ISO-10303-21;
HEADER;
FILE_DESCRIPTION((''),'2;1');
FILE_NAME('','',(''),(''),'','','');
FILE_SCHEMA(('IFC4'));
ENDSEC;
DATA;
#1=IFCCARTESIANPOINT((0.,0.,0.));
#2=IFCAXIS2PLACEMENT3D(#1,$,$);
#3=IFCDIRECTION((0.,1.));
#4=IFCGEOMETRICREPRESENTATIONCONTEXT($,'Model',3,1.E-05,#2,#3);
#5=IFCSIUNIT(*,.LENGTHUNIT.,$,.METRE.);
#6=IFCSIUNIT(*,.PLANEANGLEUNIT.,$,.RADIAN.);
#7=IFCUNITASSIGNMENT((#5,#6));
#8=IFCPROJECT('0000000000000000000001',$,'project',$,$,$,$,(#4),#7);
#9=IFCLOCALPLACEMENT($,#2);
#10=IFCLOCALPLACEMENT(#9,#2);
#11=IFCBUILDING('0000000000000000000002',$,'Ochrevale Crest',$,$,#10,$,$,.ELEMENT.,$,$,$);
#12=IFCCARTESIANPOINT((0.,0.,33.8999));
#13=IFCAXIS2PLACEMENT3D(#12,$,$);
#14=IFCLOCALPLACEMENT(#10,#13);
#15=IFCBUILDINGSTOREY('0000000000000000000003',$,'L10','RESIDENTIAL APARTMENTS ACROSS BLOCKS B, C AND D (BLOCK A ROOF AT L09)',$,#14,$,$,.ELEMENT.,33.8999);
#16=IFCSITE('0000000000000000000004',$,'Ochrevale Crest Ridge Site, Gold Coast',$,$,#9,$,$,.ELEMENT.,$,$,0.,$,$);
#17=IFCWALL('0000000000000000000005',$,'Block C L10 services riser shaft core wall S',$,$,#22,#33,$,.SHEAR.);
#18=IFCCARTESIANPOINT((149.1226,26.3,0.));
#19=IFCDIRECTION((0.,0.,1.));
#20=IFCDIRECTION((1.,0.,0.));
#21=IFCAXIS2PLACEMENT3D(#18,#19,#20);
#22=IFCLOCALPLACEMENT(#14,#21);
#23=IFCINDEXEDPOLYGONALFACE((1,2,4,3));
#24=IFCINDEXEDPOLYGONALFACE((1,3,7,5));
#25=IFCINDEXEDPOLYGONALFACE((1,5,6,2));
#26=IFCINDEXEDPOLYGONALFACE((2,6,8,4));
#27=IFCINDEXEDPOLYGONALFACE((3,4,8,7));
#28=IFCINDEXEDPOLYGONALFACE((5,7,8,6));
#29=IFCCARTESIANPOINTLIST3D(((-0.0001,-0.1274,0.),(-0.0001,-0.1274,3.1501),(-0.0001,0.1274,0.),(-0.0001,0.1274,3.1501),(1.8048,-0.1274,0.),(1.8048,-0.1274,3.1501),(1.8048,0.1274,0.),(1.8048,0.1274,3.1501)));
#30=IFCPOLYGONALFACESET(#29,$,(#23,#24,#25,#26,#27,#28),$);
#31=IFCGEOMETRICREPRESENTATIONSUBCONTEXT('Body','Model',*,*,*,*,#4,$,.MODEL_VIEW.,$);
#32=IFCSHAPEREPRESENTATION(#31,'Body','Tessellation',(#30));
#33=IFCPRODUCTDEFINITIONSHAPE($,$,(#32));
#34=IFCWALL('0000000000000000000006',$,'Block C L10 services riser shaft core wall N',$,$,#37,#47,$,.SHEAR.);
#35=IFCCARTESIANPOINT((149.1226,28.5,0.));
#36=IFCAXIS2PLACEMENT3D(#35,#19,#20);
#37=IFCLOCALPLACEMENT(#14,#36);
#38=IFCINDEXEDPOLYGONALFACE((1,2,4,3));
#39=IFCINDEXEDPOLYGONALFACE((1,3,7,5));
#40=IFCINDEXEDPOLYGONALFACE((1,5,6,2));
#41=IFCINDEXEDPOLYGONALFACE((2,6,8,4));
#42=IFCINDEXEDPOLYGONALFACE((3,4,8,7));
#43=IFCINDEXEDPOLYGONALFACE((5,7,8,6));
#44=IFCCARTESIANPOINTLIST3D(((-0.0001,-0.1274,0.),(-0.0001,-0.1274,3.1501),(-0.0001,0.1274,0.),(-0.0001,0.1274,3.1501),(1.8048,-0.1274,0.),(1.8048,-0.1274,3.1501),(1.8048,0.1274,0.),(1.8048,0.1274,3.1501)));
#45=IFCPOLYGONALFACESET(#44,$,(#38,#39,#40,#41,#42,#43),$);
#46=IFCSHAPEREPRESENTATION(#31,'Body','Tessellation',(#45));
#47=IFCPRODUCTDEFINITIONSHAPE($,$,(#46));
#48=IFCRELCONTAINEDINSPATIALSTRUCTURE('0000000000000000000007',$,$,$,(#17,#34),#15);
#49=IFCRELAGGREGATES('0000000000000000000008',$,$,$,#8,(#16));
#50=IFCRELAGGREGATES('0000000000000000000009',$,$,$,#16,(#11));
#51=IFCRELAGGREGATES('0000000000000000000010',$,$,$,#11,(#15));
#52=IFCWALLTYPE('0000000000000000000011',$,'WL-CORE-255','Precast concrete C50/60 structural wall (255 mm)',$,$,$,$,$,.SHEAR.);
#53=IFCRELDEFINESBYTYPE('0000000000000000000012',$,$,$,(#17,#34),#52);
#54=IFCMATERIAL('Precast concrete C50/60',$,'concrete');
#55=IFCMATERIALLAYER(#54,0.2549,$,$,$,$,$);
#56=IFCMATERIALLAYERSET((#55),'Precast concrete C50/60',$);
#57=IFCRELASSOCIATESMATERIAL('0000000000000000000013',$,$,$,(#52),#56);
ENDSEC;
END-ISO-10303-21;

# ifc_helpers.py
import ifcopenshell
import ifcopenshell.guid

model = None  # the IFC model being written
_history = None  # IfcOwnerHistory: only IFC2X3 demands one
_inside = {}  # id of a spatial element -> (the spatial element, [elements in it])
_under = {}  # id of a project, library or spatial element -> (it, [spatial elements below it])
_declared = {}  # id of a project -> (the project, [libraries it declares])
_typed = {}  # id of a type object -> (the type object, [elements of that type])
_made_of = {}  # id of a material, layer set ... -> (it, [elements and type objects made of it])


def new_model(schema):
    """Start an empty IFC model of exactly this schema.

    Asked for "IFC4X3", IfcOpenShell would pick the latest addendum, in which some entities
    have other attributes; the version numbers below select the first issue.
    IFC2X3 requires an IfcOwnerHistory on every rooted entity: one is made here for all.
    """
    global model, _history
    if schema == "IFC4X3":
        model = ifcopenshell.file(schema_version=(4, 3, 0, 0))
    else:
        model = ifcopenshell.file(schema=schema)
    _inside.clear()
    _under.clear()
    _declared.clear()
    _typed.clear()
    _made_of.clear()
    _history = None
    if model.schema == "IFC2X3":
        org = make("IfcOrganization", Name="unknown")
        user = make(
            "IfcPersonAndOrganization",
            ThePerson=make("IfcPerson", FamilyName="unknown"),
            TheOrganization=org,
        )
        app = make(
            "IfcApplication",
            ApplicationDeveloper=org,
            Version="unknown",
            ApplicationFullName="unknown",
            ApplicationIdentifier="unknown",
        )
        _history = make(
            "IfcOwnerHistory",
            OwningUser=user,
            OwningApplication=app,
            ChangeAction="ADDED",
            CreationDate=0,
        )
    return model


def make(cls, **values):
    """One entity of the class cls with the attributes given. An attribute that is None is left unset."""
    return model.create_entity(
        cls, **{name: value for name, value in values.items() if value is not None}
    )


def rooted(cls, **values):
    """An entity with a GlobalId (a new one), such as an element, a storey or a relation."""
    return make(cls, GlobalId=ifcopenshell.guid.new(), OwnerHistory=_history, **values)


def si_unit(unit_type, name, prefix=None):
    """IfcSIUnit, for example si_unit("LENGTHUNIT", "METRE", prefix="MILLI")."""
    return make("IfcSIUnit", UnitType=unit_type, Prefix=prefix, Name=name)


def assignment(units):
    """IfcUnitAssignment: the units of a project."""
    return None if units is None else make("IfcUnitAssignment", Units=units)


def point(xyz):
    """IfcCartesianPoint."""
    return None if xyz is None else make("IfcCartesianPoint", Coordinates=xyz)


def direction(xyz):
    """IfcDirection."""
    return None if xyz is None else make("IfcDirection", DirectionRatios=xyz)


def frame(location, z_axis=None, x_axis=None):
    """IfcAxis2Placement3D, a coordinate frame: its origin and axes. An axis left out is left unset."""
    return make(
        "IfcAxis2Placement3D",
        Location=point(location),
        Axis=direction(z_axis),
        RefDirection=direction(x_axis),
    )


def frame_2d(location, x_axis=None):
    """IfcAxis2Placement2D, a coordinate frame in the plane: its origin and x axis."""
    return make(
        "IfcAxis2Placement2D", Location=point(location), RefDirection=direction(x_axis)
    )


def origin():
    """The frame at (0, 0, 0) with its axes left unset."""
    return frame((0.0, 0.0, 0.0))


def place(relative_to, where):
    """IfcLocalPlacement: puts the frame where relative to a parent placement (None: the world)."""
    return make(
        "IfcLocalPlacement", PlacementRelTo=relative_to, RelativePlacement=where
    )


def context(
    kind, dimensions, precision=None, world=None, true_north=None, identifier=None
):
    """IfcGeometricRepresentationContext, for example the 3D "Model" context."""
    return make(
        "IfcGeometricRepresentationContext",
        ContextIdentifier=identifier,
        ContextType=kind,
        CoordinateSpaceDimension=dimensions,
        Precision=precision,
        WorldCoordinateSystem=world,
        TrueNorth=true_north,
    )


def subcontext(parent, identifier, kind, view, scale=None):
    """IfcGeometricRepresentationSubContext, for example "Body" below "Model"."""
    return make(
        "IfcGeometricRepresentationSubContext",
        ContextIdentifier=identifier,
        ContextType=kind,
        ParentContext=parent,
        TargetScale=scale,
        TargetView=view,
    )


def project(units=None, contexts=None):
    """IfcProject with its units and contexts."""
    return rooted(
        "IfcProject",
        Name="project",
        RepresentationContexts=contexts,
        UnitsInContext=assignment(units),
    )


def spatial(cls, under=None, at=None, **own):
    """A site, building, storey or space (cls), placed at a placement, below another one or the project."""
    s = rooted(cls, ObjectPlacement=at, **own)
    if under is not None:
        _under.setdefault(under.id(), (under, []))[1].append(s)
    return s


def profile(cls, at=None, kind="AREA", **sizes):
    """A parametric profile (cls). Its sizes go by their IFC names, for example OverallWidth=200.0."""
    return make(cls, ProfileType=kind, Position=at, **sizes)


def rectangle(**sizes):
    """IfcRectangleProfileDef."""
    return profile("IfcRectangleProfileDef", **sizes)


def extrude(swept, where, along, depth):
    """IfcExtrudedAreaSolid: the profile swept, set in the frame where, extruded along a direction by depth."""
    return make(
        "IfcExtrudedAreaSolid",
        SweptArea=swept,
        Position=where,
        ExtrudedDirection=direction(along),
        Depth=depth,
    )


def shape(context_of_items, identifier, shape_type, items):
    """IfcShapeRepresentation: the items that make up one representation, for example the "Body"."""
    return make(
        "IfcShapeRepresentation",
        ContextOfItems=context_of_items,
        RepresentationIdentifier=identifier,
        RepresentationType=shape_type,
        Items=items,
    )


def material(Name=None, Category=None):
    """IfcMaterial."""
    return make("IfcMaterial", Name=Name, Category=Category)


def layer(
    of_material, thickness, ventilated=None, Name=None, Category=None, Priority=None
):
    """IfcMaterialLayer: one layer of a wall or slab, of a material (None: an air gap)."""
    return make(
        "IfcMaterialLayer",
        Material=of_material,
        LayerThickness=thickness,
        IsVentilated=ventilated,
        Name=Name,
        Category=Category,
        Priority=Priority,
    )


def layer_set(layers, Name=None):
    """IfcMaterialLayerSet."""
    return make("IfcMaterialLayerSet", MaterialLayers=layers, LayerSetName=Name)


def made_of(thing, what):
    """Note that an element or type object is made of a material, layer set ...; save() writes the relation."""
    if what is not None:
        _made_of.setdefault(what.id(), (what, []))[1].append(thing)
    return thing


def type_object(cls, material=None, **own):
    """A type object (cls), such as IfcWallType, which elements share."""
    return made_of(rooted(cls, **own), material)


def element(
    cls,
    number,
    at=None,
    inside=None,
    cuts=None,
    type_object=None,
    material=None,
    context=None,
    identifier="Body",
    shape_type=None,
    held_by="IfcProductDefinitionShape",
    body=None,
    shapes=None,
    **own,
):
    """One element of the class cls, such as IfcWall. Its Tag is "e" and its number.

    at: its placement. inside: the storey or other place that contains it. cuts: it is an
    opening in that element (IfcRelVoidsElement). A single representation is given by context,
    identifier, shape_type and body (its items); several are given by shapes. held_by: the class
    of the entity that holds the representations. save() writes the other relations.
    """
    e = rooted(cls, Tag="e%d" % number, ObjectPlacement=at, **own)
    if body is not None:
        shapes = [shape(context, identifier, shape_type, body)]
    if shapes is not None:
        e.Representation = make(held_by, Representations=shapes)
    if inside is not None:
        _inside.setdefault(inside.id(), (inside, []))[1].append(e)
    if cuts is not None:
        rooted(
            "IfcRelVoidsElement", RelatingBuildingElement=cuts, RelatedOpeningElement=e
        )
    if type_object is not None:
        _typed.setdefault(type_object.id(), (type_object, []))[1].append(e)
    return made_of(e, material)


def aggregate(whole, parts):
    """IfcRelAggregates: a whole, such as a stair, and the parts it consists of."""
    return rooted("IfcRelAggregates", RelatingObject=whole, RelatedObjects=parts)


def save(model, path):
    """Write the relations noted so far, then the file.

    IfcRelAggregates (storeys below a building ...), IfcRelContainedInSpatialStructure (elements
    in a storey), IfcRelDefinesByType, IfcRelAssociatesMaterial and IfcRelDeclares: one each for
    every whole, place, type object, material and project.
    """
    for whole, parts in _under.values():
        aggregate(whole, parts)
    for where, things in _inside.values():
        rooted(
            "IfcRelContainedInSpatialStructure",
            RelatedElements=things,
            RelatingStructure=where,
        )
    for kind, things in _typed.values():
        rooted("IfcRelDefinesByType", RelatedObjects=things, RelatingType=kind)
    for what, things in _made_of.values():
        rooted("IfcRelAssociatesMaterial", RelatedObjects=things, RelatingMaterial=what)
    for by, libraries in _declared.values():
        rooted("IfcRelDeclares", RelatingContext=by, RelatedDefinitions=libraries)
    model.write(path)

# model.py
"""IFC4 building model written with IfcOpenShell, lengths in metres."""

from ifc_helpers import new_model, si_unit, direction, frame, frame_2d, origin, place, context, subcontext, project, spatial, rectangle, extrude, material, layer, layer_set, type_object, element, save


model = new_model("IFC4")

# Units and contexts
model_context = context("Model", 3, precision=1e-05, world=origin(), true_north=direction((0.0, 1.0)))
body_context = subcontext(model_context, "Body", "Model", "MODEL_VIEW")
ifc_project = project(units=[si_unit("LENGTHUNIT", "METRE"), si_unit("PLANEANGLEUNIT", "RADIAN")], contexts=[model_context])

# Site, building, storey
site_placement = place(None, origin())
site = spatial("IfcSite", under=ifc_project, at=site_placement, Name="Ochrevale Crest Ridge Site, Gold Coast", CompositionType="ELEMENT", RefElevation=0.0)
building_placement = place(site_placement, origin())
building = spatial("IfcBuilding", under=site, at=building_placement, Name="Ochrevale Crest", CompositionType="ELEMENT")
storey_placement = place(building_placement, frame((0.0, 0.0, 33.8999)))
storey = spatial("IfcBuildingStorey", under=building, at=storey_placement, Name="L10", Description="RESIDENTIAL APARTMENTS ACROSS BLOCKS B, C AND D (BLOCK A ROOF AT L09)", CompositionType="ELEMENT", Elevation=33.8999)

# Shared definitions
ifc_material_1 = material(Name="Precast concrete C50/60", Category="concrete")

# Shared definitions
ifc_layer_1 = layer(ifc_material_1, 0.2549)
ifc_layer_set_1 = layer_set([ifc_layer_1], Name="Precast concrete C50/60")
wall_type_1 = type_object("IfcWallType", Name="WL-CORE-255", Description="Precast concrete C50/60 structural wall (255 mm)", PredefinedType="SHEAR", material=ifc_layer_set_1)

# Walls
for number, where, z_axis, x_axis, name in (
    (1, (149.1226, 26.3, 0.0), (0.0, 0.0, 1.0), (1.0, 0.0, 0.0), "Block C L10 services riser shaft core wall S"),
    (2, (149.1226, 28.5, 0.0), (0.0, 0.0, 1.0), (1.0, 0.0, 0.0), "Block C L10 services riser shaft core wall N"),
):
    element("IfcWall", number, at=place(storey_placement, frame(where, z_axis=z_axis, x_axis=x_axis)), inside=storey, type_object=wall_type_1, Name=name, PredefinedType="SHEAR", context=body_context, shape_type="SweptSolid", body=[
        extrude(rectangle(XDim=1.8049, YDim=0.2549, at=frame_2d((0.9023, 0.0))), origin(), (0.0, 0.0, 1.0), 3.1501),
    ])

save(model, "model.ifc")
